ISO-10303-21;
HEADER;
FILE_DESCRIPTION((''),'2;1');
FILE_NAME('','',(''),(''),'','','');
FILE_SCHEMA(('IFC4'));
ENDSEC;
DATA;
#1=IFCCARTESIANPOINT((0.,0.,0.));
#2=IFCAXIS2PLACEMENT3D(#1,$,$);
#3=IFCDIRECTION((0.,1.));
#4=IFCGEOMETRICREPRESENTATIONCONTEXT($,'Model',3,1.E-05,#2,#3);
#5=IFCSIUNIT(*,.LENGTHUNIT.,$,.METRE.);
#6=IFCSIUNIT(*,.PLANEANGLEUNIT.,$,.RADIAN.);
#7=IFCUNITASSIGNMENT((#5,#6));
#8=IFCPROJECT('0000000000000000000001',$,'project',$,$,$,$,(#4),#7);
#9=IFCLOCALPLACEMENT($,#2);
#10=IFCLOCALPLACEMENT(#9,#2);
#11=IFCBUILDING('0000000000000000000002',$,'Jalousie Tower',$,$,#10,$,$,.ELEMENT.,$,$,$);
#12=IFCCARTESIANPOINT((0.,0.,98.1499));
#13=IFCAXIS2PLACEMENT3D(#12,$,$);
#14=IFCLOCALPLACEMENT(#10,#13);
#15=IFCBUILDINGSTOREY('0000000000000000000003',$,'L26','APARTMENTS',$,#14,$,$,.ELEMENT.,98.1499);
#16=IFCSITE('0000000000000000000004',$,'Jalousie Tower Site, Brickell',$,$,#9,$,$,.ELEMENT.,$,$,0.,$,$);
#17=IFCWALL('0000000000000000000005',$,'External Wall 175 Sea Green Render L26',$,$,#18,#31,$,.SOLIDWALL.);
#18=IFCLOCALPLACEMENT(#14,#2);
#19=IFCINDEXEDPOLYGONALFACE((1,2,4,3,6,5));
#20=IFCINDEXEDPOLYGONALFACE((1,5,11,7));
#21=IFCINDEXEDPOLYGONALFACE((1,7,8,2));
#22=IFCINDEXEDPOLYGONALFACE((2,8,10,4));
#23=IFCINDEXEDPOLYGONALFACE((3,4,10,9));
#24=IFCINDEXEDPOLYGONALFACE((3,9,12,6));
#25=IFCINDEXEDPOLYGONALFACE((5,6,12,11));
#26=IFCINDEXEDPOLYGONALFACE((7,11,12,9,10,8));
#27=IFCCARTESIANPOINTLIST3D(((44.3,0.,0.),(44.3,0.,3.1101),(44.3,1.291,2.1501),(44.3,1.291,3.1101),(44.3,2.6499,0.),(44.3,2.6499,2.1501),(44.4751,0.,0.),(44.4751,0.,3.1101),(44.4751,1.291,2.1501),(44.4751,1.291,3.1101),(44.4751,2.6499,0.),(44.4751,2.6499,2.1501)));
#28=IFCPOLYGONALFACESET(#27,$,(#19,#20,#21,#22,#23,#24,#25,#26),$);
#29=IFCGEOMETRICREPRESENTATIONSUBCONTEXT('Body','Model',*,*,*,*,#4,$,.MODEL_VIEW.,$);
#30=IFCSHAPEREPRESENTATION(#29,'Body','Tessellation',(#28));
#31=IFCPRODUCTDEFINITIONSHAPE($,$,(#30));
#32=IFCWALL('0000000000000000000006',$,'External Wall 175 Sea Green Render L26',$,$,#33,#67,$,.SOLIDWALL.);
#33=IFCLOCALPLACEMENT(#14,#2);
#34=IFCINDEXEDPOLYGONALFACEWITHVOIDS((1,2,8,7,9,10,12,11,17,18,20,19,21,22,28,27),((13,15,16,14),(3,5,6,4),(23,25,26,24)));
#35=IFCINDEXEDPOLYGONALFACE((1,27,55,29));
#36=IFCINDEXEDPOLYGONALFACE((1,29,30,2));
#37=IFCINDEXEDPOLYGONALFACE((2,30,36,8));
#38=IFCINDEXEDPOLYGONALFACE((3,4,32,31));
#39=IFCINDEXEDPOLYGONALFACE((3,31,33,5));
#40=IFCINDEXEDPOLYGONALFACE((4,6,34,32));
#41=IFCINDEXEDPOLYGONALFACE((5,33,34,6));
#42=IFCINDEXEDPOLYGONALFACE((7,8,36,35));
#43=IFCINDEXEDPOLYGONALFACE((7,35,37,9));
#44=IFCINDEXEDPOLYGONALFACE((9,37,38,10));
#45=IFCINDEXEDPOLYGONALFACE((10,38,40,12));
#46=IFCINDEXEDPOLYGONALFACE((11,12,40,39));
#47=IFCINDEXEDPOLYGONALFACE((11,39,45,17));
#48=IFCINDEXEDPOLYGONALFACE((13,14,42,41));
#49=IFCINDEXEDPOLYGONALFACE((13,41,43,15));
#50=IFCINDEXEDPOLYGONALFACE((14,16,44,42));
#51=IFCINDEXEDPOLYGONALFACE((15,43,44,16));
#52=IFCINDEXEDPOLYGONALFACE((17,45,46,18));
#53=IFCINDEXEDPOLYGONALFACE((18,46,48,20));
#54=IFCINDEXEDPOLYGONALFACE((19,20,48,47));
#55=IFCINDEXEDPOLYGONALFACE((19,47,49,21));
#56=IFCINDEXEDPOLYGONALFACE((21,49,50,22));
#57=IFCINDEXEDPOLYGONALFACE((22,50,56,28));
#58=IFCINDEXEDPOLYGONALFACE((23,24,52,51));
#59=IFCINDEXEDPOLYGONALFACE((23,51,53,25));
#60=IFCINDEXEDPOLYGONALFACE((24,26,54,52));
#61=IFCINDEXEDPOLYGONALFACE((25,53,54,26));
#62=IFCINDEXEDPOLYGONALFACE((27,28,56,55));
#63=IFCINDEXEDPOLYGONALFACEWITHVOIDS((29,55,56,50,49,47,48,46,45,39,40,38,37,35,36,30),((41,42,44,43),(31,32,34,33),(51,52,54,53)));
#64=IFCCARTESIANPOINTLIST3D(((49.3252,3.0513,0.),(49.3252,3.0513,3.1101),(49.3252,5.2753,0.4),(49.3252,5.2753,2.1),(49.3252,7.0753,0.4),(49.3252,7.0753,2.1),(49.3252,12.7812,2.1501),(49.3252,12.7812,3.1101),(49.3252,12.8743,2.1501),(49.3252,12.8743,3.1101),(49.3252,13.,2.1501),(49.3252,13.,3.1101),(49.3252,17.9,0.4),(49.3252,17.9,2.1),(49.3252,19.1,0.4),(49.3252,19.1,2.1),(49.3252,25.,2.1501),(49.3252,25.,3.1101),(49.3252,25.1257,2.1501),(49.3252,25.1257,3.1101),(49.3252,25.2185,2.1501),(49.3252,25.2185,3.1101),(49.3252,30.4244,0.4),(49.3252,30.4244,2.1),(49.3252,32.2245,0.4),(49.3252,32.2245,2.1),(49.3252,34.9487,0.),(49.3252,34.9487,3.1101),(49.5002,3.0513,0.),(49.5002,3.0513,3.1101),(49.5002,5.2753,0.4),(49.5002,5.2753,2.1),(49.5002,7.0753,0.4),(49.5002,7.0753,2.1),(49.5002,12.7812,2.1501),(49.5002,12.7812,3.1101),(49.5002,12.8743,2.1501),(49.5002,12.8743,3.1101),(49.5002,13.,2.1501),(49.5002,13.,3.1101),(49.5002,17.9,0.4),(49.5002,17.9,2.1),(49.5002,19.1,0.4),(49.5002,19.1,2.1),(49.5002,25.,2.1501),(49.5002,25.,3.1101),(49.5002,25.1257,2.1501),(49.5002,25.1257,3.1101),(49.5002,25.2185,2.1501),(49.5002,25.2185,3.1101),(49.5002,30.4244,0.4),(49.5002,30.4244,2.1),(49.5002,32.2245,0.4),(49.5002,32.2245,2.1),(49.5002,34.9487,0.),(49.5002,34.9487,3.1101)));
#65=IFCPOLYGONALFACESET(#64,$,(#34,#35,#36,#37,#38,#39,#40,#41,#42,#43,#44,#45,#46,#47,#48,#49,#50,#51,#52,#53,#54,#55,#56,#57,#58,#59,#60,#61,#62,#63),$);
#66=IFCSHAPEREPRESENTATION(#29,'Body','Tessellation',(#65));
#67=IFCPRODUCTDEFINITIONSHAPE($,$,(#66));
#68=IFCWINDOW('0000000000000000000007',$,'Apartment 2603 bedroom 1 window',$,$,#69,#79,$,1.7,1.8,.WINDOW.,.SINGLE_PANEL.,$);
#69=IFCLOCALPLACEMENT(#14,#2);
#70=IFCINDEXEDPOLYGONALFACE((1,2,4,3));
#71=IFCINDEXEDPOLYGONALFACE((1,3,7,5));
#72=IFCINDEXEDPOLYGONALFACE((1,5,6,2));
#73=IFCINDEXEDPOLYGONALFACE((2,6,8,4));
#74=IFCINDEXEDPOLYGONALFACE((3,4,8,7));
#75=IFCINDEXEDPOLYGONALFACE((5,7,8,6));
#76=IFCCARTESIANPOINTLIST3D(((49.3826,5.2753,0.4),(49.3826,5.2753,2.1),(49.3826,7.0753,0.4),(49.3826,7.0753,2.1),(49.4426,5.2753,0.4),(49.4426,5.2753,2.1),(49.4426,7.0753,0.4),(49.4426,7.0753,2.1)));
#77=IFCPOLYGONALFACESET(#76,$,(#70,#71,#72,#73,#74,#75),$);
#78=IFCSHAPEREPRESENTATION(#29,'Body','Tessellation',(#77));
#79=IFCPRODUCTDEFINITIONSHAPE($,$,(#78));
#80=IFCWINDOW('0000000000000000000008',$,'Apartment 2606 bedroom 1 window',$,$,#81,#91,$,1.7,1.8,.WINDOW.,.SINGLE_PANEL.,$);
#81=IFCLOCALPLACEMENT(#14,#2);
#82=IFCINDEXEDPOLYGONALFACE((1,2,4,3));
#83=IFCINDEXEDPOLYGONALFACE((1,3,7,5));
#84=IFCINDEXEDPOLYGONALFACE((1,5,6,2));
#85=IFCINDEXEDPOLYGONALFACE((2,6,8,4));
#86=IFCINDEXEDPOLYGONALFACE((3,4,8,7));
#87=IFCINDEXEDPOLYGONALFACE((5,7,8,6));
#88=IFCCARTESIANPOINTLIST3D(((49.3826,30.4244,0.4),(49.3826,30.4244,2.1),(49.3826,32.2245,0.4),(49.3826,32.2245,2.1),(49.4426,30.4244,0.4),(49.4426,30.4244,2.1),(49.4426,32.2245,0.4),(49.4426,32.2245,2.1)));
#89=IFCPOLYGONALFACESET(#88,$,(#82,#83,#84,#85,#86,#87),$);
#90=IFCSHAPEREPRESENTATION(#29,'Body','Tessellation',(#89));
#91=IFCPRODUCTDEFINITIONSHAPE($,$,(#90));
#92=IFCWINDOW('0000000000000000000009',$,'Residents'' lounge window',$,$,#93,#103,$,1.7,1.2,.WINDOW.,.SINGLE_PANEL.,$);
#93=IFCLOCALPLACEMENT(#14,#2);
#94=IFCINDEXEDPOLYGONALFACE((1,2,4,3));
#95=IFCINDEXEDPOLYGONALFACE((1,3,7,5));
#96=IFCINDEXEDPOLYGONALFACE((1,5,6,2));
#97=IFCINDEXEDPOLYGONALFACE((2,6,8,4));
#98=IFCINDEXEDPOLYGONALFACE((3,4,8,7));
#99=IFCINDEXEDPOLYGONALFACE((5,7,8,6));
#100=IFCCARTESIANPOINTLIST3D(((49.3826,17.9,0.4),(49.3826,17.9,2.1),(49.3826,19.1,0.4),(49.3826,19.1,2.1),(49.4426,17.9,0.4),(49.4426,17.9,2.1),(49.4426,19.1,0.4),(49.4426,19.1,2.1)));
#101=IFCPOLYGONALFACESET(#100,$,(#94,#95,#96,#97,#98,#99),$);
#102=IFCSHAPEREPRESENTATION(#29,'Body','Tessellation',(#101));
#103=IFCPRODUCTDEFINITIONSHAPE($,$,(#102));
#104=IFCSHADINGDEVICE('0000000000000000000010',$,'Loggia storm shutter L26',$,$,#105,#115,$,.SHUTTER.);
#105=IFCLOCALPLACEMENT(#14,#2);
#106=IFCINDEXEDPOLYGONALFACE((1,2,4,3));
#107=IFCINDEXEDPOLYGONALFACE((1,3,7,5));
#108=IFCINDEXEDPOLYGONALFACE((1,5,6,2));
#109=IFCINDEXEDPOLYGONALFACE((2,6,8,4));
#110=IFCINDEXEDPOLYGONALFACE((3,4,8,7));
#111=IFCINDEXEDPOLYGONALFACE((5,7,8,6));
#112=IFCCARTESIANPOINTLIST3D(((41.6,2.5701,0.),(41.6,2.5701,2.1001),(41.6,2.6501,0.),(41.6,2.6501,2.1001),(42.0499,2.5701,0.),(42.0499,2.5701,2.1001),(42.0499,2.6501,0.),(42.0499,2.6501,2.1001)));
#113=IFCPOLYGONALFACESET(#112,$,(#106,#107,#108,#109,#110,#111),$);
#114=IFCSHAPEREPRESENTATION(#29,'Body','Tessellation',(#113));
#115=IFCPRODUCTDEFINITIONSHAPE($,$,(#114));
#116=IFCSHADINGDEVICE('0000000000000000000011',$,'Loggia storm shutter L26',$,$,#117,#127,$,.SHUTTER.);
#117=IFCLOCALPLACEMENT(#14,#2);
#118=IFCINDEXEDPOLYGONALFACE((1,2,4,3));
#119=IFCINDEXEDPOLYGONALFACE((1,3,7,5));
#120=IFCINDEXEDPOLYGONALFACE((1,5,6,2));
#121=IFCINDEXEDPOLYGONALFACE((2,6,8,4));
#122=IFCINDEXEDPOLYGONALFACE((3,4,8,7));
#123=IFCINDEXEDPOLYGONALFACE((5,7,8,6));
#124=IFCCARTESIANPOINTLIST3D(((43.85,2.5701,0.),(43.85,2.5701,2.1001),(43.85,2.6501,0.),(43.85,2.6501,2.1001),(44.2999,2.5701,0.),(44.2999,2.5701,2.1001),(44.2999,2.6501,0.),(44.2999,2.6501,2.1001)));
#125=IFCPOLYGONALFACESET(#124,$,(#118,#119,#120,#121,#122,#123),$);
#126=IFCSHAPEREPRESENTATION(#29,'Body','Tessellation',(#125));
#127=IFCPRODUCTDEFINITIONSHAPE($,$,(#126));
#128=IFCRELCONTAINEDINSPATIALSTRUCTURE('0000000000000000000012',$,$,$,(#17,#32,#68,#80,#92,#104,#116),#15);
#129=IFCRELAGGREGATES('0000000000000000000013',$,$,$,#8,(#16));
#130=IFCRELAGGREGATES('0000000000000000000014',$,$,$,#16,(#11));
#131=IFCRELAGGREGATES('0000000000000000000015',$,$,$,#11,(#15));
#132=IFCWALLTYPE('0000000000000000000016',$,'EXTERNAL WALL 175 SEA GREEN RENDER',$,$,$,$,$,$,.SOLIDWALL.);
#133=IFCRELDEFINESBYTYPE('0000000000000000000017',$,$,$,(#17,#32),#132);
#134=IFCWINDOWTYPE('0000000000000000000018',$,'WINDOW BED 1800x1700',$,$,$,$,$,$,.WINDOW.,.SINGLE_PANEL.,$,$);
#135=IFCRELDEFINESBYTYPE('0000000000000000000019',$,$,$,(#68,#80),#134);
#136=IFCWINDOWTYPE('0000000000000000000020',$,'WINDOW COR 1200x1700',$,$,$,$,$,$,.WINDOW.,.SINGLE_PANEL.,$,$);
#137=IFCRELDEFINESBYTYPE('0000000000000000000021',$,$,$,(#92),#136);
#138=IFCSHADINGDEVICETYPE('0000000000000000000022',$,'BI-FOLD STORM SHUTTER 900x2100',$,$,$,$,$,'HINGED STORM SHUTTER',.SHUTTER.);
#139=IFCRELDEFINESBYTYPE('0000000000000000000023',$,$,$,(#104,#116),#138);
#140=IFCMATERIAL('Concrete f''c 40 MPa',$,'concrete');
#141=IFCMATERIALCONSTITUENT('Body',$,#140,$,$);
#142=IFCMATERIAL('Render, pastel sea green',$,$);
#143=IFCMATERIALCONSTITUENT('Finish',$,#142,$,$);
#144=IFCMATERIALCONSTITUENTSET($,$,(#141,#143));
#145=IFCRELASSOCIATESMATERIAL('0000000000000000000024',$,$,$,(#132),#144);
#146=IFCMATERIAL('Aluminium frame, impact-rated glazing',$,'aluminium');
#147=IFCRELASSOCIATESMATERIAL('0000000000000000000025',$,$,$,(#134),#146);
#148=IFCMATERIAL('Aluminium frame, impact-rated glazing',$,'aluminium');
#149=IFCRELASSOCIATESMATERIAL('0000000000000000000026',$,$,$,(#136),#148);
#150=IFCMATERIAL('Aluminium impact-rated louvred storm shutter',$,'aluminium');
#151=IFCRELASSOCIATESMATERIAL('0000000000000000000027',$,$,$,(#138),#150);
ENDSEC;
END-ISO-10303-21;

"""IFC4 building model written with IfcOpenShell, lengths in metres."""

from ifc_helpers import new_model, si_unit, direction, frame, frame_2d, origin, origin_2d, place, context, subcontext, project, spatial, polyline, rectangle, outline, extrude, material, constituent, constituent_set, type_object, element, fill, save


model = new_model("IFC4")

# Units and contexts
model_context = context("Model", 3, precision=1e-05, world=origin(), true_north=direction((0.0, 1.0)))
body_context = subcontext(model_context, "Body", "Model", "MODEL_VIEW")
ifc_project = project(units=[si_unit("LENGTHUNIT", "METRE"), si_unit("PLANEANGLEUNIT", "RADIAN")], contexts=[model_context])

# Site, building, storey
site_placement = place(None, origin())
site = spatial("IfcSite", under=ifc_project, at=site_placement, Name="Jalousie Tower Site, Brickell", CompositionType="ELEMENT", RefElevation=0.0)
building_placement = place(site_placement, origin())
building = spatial("IfcBuilding", under=site, at=building_placement, Name="Jalousie Tower", CompositionType="ELEMENT")
storey_placement = place(building_placement, frame((0.0, 0.0, 98.1499)))
storey = spatial("IfcBuildingStorey", under=building, at=storey_placement, Name="L26", Description="APARTMENTS", CompositionType="ELEMENT", Elevation=98.1499)

# Shared definitions
ifc_material_1 = material(Name="Concrete f'c 40 MPa", Category="concrete")
ifc_constituent_1 = constituent(ifc_material_1, Name="Body")
ifc_material_2 = material(Name="Render, pastel sea green")
ifc_constituent_2 = constituent(ifc_material_2, Name="Finish")
ifc_constituent_set = constituent_set(constituents=[ifc_constituent_1, ifc_constituent_2])
wall_type = type_object("IfcWallType", Name="EXTERNAL WALL 175 SEA GREEN RENDER", PredefinedType="SOLIDWALL", material=ifc_constituent_set)

# Wall
wall_1_placement = place(storey_placement, frame((44.3875, 0.0, 0.0), z_axis=(0.0, 0.0, 1.0), x_axis=(0.0, 1.0, 0.0)))
element("IfcWall", 1, at=wall_1_placement, inside=storey, type_object=wall_type, Name="External Wall 175 Sea Green Render L26", PredefinedType="SOLIDWALL", context=body_context, shape_type="SweptSolid", body=[
    extrude(outline(polyline([(0.0, 0.0), (2.6499, 0.0), (2.6499, 2.1501), (1.291, 2.1501), (1.291, 3.1101), (0.0, 3.1101), (0.0, 0.0)])), frame((0.0, 0.0874, 0.0), z_axis=(0.0, -1.0, 0.0), x_axis=(1.0, 0.0, 0.0)), (0.0, 0.0, 1.0), 0.175),
])

# Wall, openings, windows
wall_2_placement = place(storey_placement, frame((49.4126, 3.0513, 0.0), z_axis=(0.0, 0.0, 1.0), x_axis=(0.0, 1.0, 0.0)))
wall_2 = element("IfcWall", 2, at=wall_2_placement, inside=storey, type_object=wall_type, Name="External Wall 175 Sea Green Render L26", PredefinedType="SOLIDWALL", context=body_context, shape_type="SweptSolid", body=[
    extrude(outline(polyline([(0.0, 0.0), (31.8975, 0.0), (31.8975, 3.1101), (22.1672, 3.1101), (22.1672, 2.1501), (22.0745, 2.1501), (22.0745, 3.1101), (21.9487, 3.1101), (21.9487, 2.1501), (9.9487, 2.1501), (9.9487, 3.1101), (9.823, 3.1101), (9.823, 2.1501), (9.73, 2.1501), (9.73, 3.1101), (0.0, 3.1101), (0.0, 0.0)])), frame((0.0, 0.0874, 0.0), z_axis=(0.0, -1.0, 0.0), x_axis=(1.0, 0.0, 0.0)), (0.0, 0.0, 1.0), 0.175),
])
opening_1_placement = place(wall_2_placement, frame((2.2241, 0.0, 0.3999)))
opening_1 = element("IfcOpeningElement", 3, at=opening_1_placement, cuts=wall_2, PredefinedType="OPENING", context=body_context, shape_type="SweptSolid", body=[
    extrude(rectangle(XDim=1.8, YDim=1.7, at=frame_2d((0.8999, 0.8501))), frame((0.0, 0.0974, 0.0), z_axis=(0.0, -1.0, 0.0), x_axis=(1.0, 0.0, 0.0)), (0.0, 0.0, 1.0), 0.1951),
])
opening_2_placement = place(wall_2_placement, frame((14.8486, 0.0, 0.3999)))
opening_2 = element("IfcOpeningElement", 4, at=opening_2_placement, cuts=wall_2, PredefinedType="OPENING", context=body_context, shape_type="SweptSolid", body=[
    extrude(rectangle(XDim=1.2, YDim=1.7, at=frame_2d((0.6001, 0.8501))), frame((0.0, 0.0974, 0.0), z_axis=(0.0, -1.0, 0.0), x_axis=(1.0, 0.0, 0.0)), (0.0, 0.0, 1.0), 0.1951),
])
opening_3_placement = place(wall_2_placement, frame((27.3733, 0.0, 0.3999)))
opening_3 = element("IfcOpeningElement", 5, at=opening_3_placement, cuts=wall_2, PredefinedType="OPENING", context=body_context, shape_type="SweptSolid", body=[
    extrude(rectangle(XDim=1.8, YDim=1.7, at=frame_2d((0.8999, 0.8501))), frame((0.0, 0.0974, 0.0), z_axis=(0.0, -1.0, 0.0), x_axis=(1.0, 0.0, 0.0)), (0.0, 0.0, 1.0), 0.1951),
])
ifc_material_3 = material(Name="Aluminium frame, impact-rated glazing", Category="aluminium")
window_type_1 = type_object("IfcWindowType", Name="WINDOW BED 1800x1700", PartitioningType="SINGLE_PANEL", PredefinedType="WINDOW", material=ifc_material_3)
window_1_placement = place(opening_1_placement, origin())
window_1 = element("IfcWindow", 6, at=window_1_placement, inside=storey, type_object=window_type_1, Name="Apartment 2603 bedroom 1 window", OverallHeight=1.7, OverallWidth=1.8, PartitioningType="SINGLE_PANEL", PredefinedType="WINDOW", context=body_context, shape_type="SweptSolid", body=[
    extrude(rectangle(XDim=1.8, YDim=1.7, at=frame_2d((0.8999, 0.8501))), frame((0.0, 0.03, 0.0), z_axis=(0.0, -1.0, 0.0), x_axis=(1.0, 0.0, 0.0)), (0.0, 0.0, 1.0), 0.0601),
])
fill(opening_1, window_1)
window_2_placement = place(opening_3_placement, origin())
window_2 = element("IfcWindow", 7, at=window_2_placement, inside=storey, type_object=window_type_1, Name="Apartment 2606 bedroom 1 window", OverallHeight=1.7, OverallWidth=1.8, PartitioningType="SINGLE_PANEL", PredefinedType="WINDOW", context=body_context, shape_type="SweptSolid", body=[
    extrude(rectangle(XDim=1.8, YDim=1.7, at=frame_2d((0.8999, 0.8501))), frame((0.0, 0.03, 0.0), z_axis=(0.0, -1.0, 0.0), x_axis=(1.0, 0.0, 0.0)), (0.0, 0.0, 1.0), 0.0601),
])
fill(opening_3, window_2)
ifc_material_4 = material(Name="Aluminium frame, impact-rated glazing", Category="aluminium")
window_type_2 = type_object("IfcWindowType", Name="WINDOW COR 1200x1700", PartitioningType="SINGLE_PANEL", PredefinedType="WINDOW", material=ifc_material_4)
window_3_placement = place(opening_2_placement, origin())
window_3 = element("IfcWindow", 8, at=window_3_placement, inside=storey, type_object=window_type_2, Name="Residents' lounge window", OverallHeight=1.7, OverallWidth=1.2, PartitioningType="SINGLE_PANEL", PredefinedType="WINDOW", context=body_context, shape_type="SweptSolid", body=[
    extrude(rectangle(XDim=1.2, YDim=1.7, at=frame_2d((0.6001, 0.8501))), frame((0.0, 0.03, 0.0), z_axis=(0.0, -1.0, 0.0), x_axis=(1.0, 0.0, 0.0)), (0.0, 0.0, 1.0), 0.0601),
])
fill(opening_2, window_3)

# Shading devices
ifc_material_5 = material(Name="Aluminium impact-rated louvred storm shutter", Category="aluminium")
shading_device_type_1 = type_object("IfcShadingDeviceType", Name="BI-FOLD STORM SHUTTER 900x2100", ElementType="HINGED STORM SHUTTER", PredefinedType="SHUTTER", material=ifc_material_5)
for number, where, z_axis, x_axis, name in (
    (9, (41.825, 2.6101, 0.0), (0.0, 0.0, 1.0), (1.0, 0.0, 0.0), "Loggia storm shutter L26"),
    (10, (44.075, 2.6101, 0.0), (0.0, 0.0, 1.0), (1.0, 0.0, 0.0), "Loggia storm shutter L26"),
):
    element("IfcShadingDevice", number, at=place(storey_placement, frame(where, z_axis=z_axis, x_axis=x_axis)), inside=storey, type_object=shading_device_type_1, Name=name, PredefinedType="SHUTTER", context=body_context, shape_type="SweptSolid", body=[
        extrude(rectangle(XDim=0.45, YDim=0.0801, at=origin_2d()), origin(), (0.0, 0.0, 1.0), 2.1001),
    ])

save(model, "model.ifc")
